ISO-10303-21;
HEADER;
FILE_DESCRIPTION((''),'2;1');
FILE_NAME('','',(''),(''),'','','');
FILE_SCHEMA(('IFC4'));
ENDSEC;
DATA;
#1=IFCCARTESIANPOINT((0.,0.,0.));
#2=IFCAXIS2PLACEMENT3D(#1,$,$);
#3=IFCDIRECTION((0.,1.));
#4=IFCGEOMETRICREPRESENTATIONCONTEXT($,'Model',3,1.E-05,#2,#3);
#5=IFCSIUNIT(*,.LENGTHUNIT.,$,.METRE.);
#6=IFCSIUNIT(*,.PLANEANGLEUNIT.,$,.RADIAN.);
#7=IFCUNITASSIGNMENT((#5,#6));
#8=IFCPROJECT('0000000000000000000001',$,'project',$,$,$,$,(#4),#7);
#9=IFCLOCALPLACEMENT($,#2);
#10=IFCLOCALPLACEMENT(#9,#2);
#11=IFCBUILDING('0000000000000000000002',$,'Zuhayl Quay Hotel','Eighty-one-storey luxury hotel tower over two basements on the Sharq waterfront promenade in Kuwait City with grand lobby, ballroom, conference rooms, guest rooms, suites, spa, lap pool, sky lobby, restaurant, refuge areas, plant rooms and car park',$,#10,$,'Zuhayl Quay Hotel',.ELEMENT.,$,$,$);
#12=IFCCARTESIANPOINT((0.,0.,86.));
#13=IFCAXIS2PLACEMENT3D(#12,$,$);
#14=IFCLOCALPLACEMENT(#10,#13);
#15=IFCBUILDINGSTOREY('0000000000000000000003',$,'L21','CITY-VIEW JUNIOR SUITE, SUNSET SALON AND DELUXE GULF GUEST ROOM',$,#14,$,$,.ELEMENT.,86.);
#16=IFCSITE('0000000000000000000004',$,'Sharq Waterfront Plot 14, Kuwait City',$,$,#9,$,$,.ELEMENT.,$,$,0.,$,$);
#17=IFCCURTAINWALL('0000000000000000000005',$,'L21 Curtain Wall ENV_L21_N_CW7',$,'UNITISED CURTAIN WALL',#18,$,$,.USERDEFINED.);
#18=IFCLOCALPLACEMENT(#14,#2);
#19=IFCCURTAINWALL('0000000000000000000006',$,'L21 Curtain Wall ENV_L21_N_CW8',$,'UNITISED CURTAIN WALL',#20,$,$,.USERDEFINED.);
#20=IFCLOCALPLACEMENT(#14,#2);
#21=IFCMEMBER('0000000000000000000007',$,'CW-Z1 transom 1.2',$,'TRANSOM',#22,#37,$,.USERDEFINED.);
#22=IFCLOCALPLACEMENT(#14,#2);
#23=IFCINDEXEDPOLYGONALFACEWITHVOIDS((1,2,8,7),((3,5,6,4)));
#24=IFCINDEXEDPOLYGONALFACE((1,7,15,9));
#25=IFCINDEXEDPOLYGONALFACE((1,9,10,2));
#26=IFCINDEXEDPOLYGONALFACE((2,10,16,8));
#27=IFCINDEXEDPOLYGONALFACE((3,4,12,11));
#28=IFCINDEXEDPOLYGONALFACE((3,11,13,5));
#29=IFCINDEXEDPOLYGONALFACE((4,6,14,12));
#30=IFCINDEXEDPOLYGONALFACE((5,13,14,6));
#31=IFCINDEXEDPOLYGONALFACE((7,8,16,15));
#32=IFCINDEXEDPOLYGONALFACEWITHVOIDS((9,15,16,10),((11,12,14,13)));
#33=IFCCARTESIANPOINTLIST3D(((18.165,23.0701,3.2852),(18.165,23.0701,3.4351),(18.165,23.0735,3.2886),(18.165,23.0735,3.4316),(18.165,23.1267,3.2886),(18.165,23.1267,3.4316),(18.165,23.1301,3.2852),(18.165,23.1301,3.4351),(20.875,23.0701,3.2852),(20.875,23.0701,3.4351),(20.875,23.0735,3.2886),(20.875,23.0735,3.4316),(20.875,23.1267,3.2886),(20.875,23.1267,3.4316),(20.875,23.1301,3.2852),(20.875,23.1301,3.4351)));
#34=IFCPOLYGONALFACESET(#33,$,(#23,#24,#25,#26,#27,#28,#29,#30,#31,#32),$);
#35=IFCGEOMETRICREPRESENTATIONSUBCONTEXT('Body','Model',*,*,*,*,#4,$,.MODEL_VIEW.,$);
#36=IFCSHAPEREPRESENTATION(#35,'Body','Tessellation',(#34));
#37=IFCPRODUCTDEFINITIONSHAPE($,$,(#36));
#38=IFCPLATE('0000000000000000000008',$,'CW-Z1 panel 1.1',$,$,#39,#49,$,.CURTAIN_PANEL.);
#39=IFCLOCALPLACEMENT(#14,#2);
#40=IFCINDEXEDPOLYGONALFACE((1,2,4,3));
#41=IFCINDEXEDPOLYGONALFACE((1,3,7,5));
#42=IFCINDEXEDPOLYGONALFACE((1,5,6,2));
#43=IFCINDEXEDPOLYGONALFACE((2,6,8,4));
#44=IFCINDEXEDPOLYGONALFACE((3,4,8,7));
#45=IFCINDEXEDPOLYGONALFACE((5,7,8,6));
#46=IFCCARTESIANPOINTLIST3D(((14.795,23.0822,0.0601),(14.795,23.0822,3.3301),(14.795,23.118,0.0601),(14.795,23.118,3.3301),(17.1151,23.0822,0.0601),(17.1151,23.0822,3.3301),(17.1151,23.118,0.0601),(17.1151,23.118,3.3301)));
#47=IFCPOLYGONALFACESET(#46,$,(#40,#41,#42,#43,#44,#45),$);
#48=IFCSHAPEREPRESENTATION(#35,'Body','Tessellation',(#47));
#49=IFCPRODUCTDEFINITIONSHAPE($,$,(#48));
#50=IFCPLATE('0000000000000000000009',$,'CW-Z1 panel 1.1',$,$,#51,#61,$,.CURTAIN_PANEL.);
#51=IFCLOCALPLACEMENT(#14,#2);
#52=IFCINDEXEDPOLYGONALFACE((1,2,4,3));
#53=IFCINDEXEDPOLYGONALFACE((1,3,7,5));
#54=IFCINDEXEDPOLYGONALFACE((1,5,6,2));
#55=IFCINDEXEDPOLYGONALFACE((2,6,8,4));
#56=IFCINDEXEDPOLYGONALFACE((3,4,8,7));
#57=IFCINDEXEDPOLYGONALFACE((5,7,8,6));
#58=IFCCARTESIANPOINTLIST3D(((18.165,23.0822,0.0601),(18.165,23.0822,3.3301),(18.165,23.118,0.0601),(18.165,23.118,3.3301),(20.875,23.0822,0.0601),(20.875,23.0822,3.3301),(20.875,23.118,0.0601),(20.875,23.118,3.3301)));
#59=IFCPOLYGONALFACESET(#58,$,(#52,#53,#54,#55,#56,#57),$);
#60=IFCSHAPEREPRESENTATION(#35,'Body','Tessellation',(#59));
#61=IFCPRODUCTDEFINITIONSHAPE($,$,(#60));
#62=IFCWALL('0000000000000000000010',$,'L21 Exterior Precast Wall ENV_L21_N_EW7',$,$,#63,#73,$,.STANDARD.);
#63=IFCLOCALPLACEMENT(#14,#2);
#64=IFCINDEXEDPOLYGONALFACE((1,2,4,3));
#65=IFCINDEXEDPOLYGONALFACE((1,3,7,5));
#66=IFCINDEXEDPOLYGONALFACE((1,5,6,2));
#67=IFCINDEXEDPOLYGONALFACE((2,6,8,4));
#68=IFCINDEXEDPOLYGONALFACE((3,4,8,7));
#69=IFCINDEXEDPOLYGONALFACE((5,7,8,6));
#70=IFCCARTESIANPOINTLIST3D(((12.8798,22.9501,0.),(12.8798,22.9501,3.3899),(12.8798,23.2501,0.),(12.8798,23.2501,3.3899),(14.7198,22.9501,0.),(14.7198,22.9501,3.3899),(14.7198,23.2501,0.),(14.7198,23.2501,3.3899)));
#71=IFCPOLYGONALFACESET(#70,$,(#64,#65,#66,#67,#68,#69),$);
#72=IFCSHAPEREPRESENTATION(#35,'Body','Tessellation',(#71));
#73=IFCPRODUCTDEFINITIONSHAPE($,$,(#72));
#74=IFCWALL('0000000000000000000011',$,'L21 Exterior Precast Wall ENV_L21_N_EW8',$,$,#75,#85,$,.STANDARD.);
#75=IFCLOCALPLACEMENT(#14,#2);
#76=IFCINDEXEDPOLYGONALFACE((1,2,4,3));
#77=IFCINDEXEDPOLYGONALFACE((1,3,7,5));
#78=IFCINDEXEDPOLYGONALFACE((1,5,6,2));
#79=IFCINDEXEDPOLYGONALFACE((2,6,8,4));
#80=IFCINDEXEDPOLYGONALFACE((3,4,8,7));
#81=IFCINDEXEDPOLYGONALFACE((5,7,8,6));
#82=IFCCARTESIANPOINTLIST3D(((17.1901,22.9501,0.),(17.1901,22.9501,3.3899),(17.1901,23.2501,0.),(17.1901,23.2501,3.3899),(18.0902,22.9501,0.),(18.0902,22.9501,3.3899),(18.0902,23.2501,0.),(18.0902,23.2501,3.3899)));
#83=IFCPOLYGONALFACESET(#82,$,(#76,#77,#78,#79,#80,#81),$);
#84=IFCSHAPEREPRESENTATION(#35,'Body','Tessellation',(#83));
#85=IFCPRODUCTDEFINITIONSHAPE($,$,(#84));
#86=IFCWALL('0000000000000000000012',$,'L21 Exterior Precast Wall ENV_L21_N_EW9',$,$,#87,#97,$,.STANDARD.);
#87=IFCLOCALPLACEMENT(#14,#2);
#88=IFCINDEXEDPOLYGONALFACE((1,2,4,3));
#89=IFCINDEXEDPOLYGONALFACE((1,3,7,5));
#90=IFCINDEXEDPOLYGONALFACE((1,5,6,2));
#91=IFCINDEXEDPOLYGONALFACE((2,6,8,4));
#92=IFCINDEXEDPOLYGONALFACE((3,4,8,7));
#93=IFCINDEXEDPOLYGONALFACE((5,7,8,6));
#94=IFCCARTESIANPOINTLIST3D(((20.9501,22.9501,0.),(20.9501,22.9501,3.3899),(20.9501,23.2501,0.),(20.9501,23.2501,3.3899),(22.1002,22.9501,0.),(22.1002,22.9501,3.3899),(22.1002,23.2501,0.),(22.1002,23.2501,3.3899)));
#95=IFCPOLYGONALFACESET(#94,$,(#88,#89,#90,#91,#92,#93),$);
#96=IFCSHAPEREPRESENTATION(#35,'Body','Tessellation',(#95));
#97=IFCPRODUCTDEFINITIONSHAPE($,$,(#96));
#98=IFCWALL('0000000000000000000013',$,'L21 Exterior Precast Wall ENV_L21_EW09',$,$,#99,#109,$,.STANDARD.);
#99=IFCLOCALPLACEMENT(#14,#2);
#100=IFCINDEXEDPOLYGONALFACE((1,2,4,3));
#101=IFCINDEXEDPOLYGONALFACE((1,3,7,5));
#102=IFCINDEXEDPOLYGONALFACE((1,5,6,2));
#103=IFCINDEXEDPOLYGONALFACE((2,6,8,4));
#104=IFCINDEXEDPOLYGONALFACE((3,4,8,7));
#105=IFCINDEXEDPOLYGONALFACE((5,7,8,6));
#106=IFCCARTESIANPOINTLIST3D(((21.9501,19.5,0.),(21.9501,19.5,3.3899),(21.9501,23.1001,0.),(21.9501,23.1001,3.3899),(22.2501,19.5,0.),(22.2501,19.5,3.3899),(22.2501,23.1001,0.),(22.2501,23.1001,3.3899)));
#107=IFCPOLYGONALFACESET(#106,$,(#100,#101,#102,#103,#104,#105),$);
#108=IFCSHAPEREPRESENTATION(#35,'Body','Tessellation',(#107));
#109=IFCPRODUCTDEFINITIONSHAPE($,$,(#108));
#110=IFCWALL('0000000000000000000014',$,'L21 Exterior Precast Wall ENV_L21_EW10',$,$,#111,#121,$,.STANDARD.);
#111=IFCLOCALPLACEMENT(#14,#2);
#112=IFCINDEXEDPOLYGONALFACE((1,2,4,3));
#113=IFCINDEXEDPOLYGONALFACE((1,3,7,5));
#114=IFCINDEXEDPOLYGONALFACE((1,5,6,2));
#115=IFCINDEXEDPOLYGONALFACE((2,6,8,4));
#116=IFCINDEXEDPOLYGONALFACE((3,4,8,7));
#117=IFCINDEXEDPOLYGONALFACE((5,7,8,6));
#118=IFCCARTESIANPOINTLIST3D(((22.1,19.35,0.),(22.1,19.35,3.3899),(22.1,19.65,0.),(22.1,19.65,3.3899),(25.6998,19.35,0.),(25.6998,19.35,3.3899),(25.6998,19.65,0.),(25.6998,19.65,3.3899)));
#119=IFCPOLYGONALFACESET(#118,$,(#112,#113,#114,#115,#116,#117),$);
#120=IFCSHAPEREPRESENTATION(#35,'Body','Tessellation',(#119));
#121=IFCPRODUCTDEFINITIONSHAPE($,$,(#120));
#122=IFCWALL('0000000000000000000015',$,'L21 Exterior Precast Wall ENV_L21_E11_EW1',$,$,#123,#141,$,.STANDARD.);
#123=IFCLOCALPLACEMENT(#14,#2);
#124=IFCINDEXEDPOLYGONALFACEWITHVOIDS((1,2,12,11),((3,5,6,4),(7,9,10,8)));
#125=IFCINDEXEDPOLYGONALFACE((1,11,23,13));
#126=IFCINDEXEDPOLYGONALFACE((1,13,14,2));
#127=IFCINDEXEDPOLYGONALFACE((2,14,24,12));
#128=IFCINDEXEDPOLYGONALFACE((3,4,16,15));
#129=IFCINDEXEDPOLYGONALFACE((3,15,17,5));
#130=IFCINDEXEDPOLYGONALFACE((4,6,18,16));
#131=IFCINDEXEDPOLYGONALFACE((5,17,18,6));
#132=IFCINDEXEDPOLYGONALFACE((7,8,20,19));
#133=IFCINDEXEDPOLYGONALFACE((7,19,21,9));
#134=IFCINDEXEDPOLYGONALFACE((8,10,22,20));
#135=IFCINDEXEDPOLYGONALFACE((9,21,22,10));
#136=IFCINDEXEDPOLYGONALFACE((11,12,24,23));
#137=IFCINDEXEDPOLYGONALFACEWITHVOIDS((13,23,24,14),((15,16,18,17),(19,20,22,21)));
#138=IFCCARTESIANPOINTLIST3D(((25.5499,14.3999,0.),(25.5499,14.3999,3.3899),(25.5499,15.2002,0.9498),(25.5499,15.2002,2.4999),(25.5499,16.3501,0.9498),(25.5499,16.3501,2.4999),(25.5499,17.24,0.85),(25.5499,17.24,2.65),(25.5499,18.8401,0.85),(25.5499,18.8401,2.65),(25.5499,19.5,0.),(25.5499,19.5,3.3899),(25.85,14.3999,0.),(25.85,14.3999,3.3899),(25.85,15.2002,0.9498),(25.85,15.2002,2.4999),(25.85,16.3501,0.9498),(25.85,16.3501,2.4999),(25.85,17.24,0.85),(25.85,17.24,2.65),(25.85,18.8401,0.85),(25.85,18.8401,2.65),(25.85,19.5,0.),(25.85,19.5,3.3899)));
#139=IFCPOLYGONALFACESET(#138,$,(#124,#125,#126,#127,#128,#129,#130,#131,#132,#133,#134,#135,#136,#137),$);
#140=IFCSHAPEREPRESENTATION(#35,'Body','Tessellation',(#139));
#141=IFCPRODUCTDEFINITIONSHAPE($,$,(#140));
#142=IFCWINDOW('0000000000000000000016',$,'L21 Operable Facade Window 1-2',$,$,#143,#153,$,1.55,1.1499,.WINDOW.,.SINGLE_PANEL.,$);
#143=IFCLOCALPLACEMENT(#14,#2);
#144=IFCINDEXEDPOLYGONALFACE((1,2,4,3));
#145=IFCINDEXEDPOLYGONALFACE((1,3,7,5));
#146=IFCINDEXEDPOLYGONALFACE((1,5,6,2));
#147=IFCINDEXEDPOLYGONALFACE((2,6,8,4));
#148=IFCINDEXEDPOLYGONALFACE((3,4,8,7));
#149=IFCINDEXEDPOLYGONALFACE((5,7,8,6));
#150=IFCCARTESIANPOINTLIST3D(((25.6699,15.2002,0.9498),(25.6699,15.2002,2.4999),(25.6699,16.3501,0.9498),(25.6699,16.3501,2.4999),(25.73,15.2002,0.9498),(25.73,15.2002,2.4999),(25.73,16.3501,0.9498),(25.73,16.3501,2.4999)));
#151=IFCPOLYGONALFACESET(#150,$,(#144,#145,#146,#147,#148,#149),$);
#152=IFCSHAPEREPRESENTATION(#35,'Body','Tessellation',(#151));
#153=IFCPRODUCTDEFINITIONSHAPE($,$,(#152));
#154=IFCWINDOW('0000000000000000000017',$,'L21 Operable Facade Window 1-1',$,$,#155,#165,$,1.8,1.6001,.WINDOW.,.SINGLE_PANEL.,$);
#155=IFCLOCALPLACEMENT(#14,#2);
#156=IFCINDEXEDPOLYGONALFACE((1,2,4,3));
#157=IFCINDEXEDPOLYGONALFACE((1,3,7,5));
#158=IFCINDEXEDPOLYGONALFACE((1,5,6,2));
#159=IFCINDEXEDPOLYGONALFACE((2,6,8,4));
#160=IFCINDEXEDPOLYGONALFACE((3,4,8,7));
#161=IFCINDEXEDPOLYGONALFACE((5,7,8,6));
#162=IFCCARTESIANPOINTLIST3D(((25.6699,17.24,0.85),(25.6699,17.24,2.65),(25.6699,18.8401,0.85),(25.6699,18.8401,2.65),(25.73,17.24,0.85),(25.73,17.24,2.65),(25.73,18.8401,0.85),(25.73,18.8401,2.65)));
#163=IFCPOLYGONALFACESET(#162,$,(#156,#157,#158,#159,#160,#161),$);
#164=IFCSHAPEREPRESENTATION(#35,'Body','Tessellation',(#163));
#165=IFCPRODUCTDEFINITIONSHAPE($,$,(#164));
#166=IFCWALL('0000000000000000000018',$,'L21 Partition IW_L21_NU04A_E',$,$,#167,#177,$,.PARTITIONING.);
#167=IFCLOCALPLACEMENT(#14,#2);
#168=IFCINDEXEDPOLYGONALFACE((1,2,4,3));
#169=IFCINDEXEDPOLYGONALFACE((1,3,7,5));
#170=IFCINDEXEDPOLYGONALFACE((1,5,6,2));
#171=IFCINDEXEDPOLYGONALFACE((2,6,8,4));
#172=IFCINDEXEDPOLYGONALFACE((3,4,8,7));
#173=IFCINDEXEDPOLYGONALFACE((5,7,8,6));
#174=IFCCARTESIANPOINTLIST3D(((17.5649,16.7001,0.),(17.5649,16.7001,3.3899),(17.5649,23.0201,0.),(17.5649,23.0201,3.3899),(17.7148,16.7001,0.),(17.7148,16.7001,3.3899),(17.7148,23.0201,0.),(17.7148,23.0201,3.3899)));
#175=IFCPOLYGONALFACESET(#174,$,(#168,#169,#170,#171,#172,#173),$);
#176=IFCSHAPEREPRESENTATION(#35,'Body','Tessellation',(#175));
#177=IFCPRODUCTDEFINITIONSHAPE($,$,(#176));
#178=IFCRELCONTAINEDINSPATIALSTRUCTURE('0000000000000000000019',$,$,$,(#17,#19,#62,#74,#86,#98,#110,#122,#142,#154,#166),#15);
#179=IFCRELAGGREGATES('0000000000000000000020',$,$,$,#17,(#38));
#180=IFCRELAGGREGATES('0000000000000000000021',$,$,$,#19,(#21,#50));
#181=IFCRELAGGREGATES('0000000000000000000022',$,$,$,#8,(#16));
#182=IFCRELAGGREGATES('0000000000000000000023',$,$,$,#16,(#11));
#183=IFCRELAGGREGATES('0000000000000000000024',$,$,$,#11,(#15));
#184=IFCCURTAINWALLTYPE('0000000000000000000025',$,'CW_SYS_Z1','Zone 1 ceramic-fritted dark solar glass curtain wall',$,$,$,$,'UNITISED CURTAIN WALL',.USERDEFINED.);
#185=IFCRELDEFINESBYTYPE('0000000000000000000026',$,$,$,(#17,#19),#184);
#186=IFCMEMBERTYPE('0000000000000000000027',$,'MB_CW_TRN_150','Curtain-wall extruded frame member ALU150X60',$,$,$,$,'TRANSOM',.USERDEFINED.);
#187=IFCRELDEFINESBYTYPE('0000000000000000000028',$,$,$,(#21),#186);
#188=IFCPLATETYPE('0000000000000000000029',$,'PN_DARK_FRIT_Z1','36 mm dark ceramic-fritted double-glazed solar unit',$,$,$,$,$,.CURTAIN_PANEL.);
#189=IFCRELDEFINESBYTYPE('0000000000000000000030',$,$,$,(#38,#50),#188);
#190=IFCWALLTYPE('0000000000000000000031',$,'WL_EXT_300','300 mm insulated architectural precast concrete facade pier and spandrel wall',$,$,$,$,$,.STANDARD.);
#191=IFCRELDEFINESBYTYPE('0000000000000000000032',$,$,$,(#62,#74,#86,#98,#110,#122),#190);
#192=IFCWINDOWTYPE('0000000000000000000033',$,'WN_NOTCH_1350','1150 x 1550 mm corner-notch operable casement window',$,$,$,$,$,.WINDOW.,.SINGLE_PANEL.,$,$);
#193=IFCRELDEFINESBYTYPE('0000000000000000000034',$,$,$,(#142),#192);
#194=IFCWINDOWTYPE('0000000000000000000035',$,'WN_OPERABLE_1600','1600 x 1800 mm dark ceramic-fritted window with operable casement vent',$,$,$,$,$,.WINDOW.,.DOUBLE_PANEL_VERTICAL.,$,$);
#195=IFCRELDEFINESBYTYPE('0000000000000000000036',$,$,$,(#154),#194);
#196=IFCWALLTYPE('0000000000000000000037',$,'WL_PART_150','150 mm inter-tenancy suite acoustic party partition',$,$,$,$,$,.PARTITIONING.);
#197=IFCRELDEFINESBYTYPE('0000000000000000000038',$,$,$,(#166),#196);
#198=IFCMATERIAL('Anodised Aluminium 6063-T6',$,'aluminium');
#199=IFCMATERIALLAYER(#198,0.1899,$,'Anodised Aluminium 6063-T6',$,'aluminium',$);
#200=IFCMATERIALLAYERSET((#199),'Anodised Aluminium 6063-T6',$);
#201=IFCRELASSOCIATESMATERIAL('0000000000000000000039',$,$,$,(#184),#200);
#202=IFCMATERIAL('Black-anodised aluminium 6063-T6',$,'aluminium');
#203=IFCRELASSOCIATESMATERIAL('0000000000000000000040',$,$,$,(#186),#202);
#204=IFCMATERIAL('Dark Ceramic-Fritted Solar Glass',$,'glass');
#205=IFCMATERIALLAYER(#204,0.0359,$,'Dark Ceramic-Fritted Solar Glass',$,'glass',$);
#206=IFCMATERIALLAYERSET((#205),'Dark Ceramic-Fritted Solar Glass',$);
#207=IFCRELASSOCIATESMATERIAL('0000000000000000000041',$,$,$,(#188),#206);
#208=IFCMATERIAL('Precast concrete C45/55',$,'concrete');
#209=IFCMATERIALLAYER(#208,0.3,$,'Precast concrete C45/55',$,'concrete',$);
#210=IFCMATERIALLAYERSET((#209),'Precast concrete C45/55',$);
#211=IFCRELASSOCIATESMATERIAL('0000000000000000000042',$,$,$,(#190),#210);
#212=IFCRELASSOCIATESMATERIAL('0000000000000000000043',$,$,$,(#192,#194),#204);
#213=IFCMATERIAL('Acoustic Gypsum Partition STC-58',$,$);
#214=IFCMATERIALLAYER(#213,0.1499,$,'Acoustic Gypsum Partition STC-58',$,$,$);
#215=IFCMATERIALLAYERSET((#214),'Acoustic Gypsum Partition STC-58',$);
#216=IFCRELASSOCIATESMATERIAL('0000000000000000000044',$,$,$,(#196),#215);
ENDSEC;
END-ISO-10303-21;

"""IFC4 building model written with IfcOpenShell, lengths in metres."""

from ifc_helpers import new_model, si_unit, direction, frame, frame_2d, origin, origin_2d, place, context, subcontext, project, spatial, rectangle, hollow_rectangle, extrude, material, layer, layer_set, material_profile, profile_set, type_object, element, fill, aggregate, save


model = new_model("IFC4")

# Units and contexts
model_context = context("Model", 3, precision=1e-05, world=origin(), true_north=direction((0.0, 1.0)))
body_context = subcontext(model_context, "Body", "Model", "MODEL_VIEW")
ifc_project = project(units=[si_unit("LENGTHUNIT", "METRE"), si_unit("PLANEANGLEUNIT", "RADIAN")], contexts=[model_context])

# Site, building, storey
site_placement = place(None, origin())
site = spatial("IfcSite", under=ifc_project, at=site_placement, Name="Sharq Waterfront Plot 14, Kuwait City", CompositionType="ELEMENT", RefElevation=0.0)
building_placement = place(site_placement, origin())
building = spatial("IfcBuilding", under=site, at=building_placement, Name="Zuhayl Quay Hotel", Description="Eighty-one-storey luxury hotel tower over two basements on the Sharq waterfront promenade in Kuwait City with grand lobby, ballroom, conference rooms, guest rooms, suites, spa, lap pool, sky lobby, restaurant, refuge areas, plant rooms and car park", LongName="Zuhayl Quay Hotel", CompositionType="ELEMENT")
storey_placement = place(building_placement, frame((0.0, 0.0, 86.0)))
storey = spatial("IfcBuildingStorey", under=building, at=storey_placement, Name="L21", Description="CITY-VIEW JUNIOR SUITE, SUNSET SALON AND DELUXE GULF GUEST ROOM", CompositionType="ELEMENT", Elevation=86.0)

# Shared definitions
ifc_material_1 = material(Name="Anodised Aluminium 6063-T6", Category="aluminium")
ifc_layer_1 = layer(ifc_material_1, 0.1899, Name="Anodised Aluminium 6063-T6", Category="aluminium")
ifc_layer_set_1 = layer_set([ifc_layer_1], Name="Anodised Aluminium 6063-T6")
curtain_wall_type = type_object("IfcCurtainWallType", Name="CW_SYS_Z1", Description="Zone 1 ceramic-fritted dark solar glass curtain wall", ElementType="UNITISED CURTAIN WALL", PredefinedType="USERDEFINED", material=ifc_layer_set_1)
ifc_material_2 = material(Name="Black-anodised aluminium 6063-T6", Category="aluminium")

# Curtain walls
curtain_wall_1_placement = place(storey_placement, origin())
curtain_wall_1 = element("IfcCurtainWall", 1, at=curtain_wall_1_placement, inside=storey, type_object=curtain_wall_type, Name="L21 Curtain Wall ENV_L21_N_CW7", ObjectType="UNITISED CURTAIN WALL", PredefinedType="USERDEFINED")
curtain_wall_2_placement = place(storey_placement, origin())
curtain_wall_2 = element("IfcCurtainWall", 2, at=curtain_wall_2_placement, inside=storey, type_object=curtain_wall_type, Name="L21 Curtain Wall ENV_L21_N_CW8", ObjectType="UNITISED CURTAIN WALL", PredefinedType="USERDEFINED")

# Member
ifc_material_profile_1 = material_profile(ifc_material_2, hollow_rectangle(XDim=0.0601, YDim=0.1499, WallThickness=0.0034, at=origin_2d()), Name="ALU150X60")
ifc_profile_set_1 = profile_set([ifc_material_profile_1], Name="Black-anodised aluminium 6063-T6")
member_type_1 = type_object("IfcMemberType", Name="MB_CW_TRN_150", Description="Curtain-wall extruded frame member ALU150X60", ElementType="TRANSOM", PredefinedType="USERDEFINED", material=ifc_profile_set_1)
member_1_placement = place(storey_placement, frame((18.165, 23.1001, 3.3601), z_axis=(1.0, 0.0, 0.0), x_axis=(0.0, 1.0, 0.0)))
member_1 = element("IfcMember", 3, at=member_1_placement, type_object=member_type_1, Name="CW-Z1 transom 1.2", ObjectType="TRANSOM", PredefinedType="USERDEFINED", context=body_context, shape_type="SweptSolid", body=[
    extrude(hollow_rectangle(XDim=0.0601, YDim=0.1499, WallThickness=0.0034, at=origin_2d()), origin(), (0.0, 0.0, 1.0), 2.71),
])

# Plates
ifc_material_3 = material(Name="Dark Ceramic-Fritted Solar Glass", Category="glass")
ifc_layer_2 = layer(ifc_material_3, 0.0359, Name="Dark Ceramic-Fritted Solar Glass", Category="glass")
ifc_layer_set_2 = layer_set([ifc_layer_2], Name="Dark Ceramic-Fritted Solar Glass")
plate_type = type_object("IfcPlateType", Name="PN_DARK_FRIT_Z1", Description="36 mm dark ceramic-fritted double-glazed solar unit", PredefinedType="CURTAIN_PANEL", material=ifc_layer_set_2)
plate_1_placement = place(storey_placement, frame((15.9551, 23.1001, 0.0601), z_axis=(0.0, 0.0, 1.0), x_axis=(1.0, 0.0, 0.0)))
plate_1 = element("IfcPlate", 4, at=plate_1_placement, type_object=plate_type, Name="CW-Z1 panel 1.1", PredefinedType="CURTAIN_PANEL", context=body_context, shape_type="SweptSolid", body=[
    extrude(rectangle(XDim=2.3201, YDim=0.0359, at=origin_2d()), origin(), (0.0, 0.0, 1.0), 3.27),
])
aggregate(curtain_wall_1, [plate_1])
plate_2_placement = place(storey_placement, frame((19.52, 23.1001, 0.0601), z_axis=(0.0, 0.0, 1.0), x_axis=(1.0, 0.0, 0.0)))
plate_2 = element("IfcPlate", 5, at=plate_2_placement, type_object=plate_type, Name="CW-Z1 panel 1.1", PredefinedType="CURTAIN_PANEL", context=body_context, shape_type="SweptSolid", body=[
    extrude(rectangle(XDim=2.71, YDim=0.0359, at=origin_2d()), origin(), (0.0, 0.0, 1.0), 3.27),
])
aggregate(curtain_wall_2, [member_1, plate_2])

# Walls
ifc_material_4 = material(Name="Precast concrete C45/55", Category="concrete")
ifc_layer_3 = layer(ifc_material_4, 0.3, Name="Precast concrete C45/55", Category="concrete")
ifc_layer_set_3 = layer_set([ifc_layer_3], Name="Precast concrete C45/55")
wall_type_1 = type_object("IfcWallType", Name="WL_EXT_300", Description="300 mm insulated architectural precast concrete facade pier and spandrel wall", PredefinedType="STANDARD", material=ifc_layer_set_3)
wall_1_placement = place(storey_placement, frame((12.8799, 23.1001, 0.0), z_axis=(0.0, 0.0, 1.0), x_axis=(1.0, 0.0, 0.0)))
element("IfcWall", 6, at=wall_1_placement, inside=storey, type_object=wall_type_1, Name="L21 Exterior Precast Wall ENV_L21_N_EW7", PredefinedType="STANDARD", context=body_context, shape_type="SweptSolid", body=[
    extrude(rectangle(XDim=1.8401, YDim=0.3, at=frame_2d((0.9199, 0.0))), origin(), (0.0, 0.0, 1.0), 3.3899),
])
wall_2_placement = place(storey_placement, frame((17.1899, 23.1001, 0.0), z_axis=(0.0, 0.0, 1.0), x_axis=(1.0, 0.0, 0.0)))
element("IfcWall", 7, at=wall_2_placement, inside=storey, type_object=wall_type_1, Name="L21 Exterior Precast Wall ENV_L21_N_EW8", PredefinedType="STANDARD", context=body_context, shape_type="SweptSolid", body=[
    extrude(rectangle(XDim=0.9001, YDim=0.3, at=frame_2d((0.4502, 0.0))), origin(), (0.0, 0.0, 1.0), 3.3899),
])
wall_3_placement = place(storey_placement, frame((20.95, 23.1001, 0.0), z_axis=(0.0, 0.0, 1.0), x_axis=(1.0, 0.0, 0.0)))
element("IfcWall", 8, at=wall_3_placement, inside=storey, type_object=wall_type_1, Name="L21 Exterior Precast Wall ENV_L21_N_EW9", PredefinedType="STANDARD", context=body_context, shape_type="SweptSolid", body=[
    extrude(rectangle(XDim=1.1501, YDim=0.3, at=frame_2d((0.5752, 0.0))), origin(), (0.0, 0.0, 1.0), 3.3899),
])
wall_4_placement = place(storey_placement, frame((22.1001, 23.1001, 0.0), z_axis=(0.0, 0.0, 1.0), x_axis=(0.0, -1.0, 0.0)))
element("IfcWall", 9, at=wall_4_placement, inside=storey, type_object=wall_type_1, Name="L21 Exterior Precast Wall ENV_L21_EW09", PredefinedType="STANDARD", context=body_context, shape_type="SweptSolid", body=[
    extrude(rectangle(XDim=3.6001, YDim=0.3, at=frame_2d((1.8, 0.0))), origin(), (0.0, 0.0, 1.0), 3.3899),
])
wall_5_placement = place(storey_placement, frame((22.1001, 19.5, 0.0), z_axis=(0.0, 0.0, 1.0), x_axis=(1.0, 0.0, 0.0)))
element("IfcWall", 10, at=wall_5_placement, inside=storey, type_object=wall_type_1, Name="L21 Exterior Precast Wall ENV_L21_EW10", PredefinedType="STANDARD", context=body_context, shape_type="SweptSolid", body=[
    extrude(rectangle(XDim=3.5999, YDim=0.3, at=frame_2d((1.7998, 0.0))), origin(), (0.0, 0.0, 1.0), 3.3899),
])

# Wall, openings, windows
wall_6_placement = place(storey_placement, frame((25.7, 19.5, 0.0), z_axis=(0.0, 0.0, 1.0), x_axis=(0.0, -1.0, 0.0)))
wall_6 = element("IfcWall", 11, at=wall_6_placement, inside=storey, type_object=wall_type_1, Name="L21 Exterior Precast Wall ENV_L21_E11_EW1", PredefinedType="STANDARD", context=body_context, shape_type="SweptSolid", body=[
    extrude(rectangle(XDim=5.1001, YDim=0.3, at=frame_2d((2.55, 0.0))), origin(), (0.0, 0.0, 1.0), 3.3899),
])
opening_1_placement = place(wall_6_placement, frame((0.6599, 0.0, 0.8501)))
opening_1 = element("IfcOpeningElement", 12, at=opening_1_placement, cuts=wall_6, PredefinedType="OPENING", context=body_context, shape_type="SweptSolid", body=[
    extrude(rectangle(XDim=1.6001, YDim=1.8, at=frame_2d((0.8, 0.8999))), frame((0.0, 0.1599, 0.0), z_axis=(0.0, -1.0, 0.0), x_axis=(1.0, 0.0, 0.0)), (0.0, 0.0, 1.0), 0.3201),
])
opening_2_placement = place(wall_6_placement, frame((3.1499, 0.0, 0.95)))
opening_2 = element("IfcOpeningElement", 13, at=opening_2_placement, cuts=wall_6, PredefinedType="OPENING", context=body_context, shape_type="SweptSolid", body=[
    extrude(rectangle(XDim=1.1499, YDim=1.55, at=frame_2d((0.575, 0.7749))), frame((0.0, 0.1599, 0.0), z_axis=(0.0, -1.0, 0.0), x_axis=(1.0, 0.0, 0.0)), (0.0, 0.0, 1.0), 0.3201),
])
window_type_1 = type_object("IfcWindowType", Name="WN_NOTCH_1350", Description="1150 x 1550 mm corner-notch operable casement window", PartitioningType="SINGLE_PANEL", PredefinedType="WINDOW", material=ifc_material_3)
window_1_placement = place(opening_2_placement, origin())
window_1 = element("IfcWindow", 14, at=window_1_placement, inside=storey, type_object=window_type_1, Name="L21 Operable Facade Window 1-2", OverallHeight=1.55, OverallWidth=1.1499, PartitioningType="SINGLE_PANEL", PredefinedType="WINDOW", context=body_context, shape_type="SweptSolid", body=[
    extrude(rectangle(XDim=1.1499, YDim=1.55, at=frame_2d((0.575, 0.7749))), frame((0.0, 0.03, 0.0), z_axis=(0.0, -1.0, 0.0), x_axis=(1.0, 0.0, 0.0)), (0.0, 0.0, 1.0), 0.0601),
])
fill(opening_2, window_1)
window_type_2 = type_object("IfcWindowType", Name="WN_OPERABLE_1600", Description="1600 x 1800 mm dark ceramic-fritted window with operable casement vent", PartitioningType="DOUBLE_PANEL_VERTICAL", PredefinedType="WINDOW", material=ifc_material_3)
window_2_placement = place(opening_1_placement, origin())
window_2 = element("IfcWindow", 15, at=window_2_placement, inside=storey, type_object=window_type_2, Name="L21 Operable Facade Window 1-1", OverallHeight=1.8, OverallWidth=1.6001, PartitioningType="SINGLE_PANEL", PredefinedType="WINDOW", context=body_context, shape_type="SweptSolid", body=[
    extrude(rectangle(XDim=1.6001, YDim=1.8, at=frame_2d((0.8, 0.8999))), frame((0.0, 0.03, 0.0), z_axis=(0.0, -1.0, 0.0), x_axis=(1.0, 0.0, 0.0)), (0.0, 0.0, 1.0), 0.0601),
])
fill(opening_1, window_2)

# Wall
ifc_material_5 = material(Name="Acoustic Gypsum Partition STC-58")
ifc_layer_4 = layer(ifc_material_5, 0.1499, Name="Acoustic Gypsum Partition STC-58")
ifc_layer_set_4 = layer_set([ifc_layer_4], Name="Acoustic Gypsum Partition STC-58")
wall_type_2 = type_object("IfcWallType", Name="WL_PART_150", Description="150 mm inter-tenancy suite acoustic party partition", PredefinedType="PARTITIONING", material=ifc_layer_set_4)
wall_7_placement = place(storey_placement, frame((17.6399, 16.7, 0.0), z_axis=(0.0, 0.0, 1.0), x_axis=(0.0, 1.0, 0.0)))
element("IfcWall", 16, at=wall_7_placement, inside=storey, type_object=wall_type_2, Name="L21 Partition IW_L21_NU04A_E", PredefinedType="PARTITIONING", context=body_context, shape_type="SweptSolid", body=[
    extrude(rectangle(XDim=6.3201, YDim=0.1499, at=frame_2d((3.1602, 0.0))), origin(), (0.0, 0.0, 1.0), 3.3899),
])

save(model, "model.ifc")
